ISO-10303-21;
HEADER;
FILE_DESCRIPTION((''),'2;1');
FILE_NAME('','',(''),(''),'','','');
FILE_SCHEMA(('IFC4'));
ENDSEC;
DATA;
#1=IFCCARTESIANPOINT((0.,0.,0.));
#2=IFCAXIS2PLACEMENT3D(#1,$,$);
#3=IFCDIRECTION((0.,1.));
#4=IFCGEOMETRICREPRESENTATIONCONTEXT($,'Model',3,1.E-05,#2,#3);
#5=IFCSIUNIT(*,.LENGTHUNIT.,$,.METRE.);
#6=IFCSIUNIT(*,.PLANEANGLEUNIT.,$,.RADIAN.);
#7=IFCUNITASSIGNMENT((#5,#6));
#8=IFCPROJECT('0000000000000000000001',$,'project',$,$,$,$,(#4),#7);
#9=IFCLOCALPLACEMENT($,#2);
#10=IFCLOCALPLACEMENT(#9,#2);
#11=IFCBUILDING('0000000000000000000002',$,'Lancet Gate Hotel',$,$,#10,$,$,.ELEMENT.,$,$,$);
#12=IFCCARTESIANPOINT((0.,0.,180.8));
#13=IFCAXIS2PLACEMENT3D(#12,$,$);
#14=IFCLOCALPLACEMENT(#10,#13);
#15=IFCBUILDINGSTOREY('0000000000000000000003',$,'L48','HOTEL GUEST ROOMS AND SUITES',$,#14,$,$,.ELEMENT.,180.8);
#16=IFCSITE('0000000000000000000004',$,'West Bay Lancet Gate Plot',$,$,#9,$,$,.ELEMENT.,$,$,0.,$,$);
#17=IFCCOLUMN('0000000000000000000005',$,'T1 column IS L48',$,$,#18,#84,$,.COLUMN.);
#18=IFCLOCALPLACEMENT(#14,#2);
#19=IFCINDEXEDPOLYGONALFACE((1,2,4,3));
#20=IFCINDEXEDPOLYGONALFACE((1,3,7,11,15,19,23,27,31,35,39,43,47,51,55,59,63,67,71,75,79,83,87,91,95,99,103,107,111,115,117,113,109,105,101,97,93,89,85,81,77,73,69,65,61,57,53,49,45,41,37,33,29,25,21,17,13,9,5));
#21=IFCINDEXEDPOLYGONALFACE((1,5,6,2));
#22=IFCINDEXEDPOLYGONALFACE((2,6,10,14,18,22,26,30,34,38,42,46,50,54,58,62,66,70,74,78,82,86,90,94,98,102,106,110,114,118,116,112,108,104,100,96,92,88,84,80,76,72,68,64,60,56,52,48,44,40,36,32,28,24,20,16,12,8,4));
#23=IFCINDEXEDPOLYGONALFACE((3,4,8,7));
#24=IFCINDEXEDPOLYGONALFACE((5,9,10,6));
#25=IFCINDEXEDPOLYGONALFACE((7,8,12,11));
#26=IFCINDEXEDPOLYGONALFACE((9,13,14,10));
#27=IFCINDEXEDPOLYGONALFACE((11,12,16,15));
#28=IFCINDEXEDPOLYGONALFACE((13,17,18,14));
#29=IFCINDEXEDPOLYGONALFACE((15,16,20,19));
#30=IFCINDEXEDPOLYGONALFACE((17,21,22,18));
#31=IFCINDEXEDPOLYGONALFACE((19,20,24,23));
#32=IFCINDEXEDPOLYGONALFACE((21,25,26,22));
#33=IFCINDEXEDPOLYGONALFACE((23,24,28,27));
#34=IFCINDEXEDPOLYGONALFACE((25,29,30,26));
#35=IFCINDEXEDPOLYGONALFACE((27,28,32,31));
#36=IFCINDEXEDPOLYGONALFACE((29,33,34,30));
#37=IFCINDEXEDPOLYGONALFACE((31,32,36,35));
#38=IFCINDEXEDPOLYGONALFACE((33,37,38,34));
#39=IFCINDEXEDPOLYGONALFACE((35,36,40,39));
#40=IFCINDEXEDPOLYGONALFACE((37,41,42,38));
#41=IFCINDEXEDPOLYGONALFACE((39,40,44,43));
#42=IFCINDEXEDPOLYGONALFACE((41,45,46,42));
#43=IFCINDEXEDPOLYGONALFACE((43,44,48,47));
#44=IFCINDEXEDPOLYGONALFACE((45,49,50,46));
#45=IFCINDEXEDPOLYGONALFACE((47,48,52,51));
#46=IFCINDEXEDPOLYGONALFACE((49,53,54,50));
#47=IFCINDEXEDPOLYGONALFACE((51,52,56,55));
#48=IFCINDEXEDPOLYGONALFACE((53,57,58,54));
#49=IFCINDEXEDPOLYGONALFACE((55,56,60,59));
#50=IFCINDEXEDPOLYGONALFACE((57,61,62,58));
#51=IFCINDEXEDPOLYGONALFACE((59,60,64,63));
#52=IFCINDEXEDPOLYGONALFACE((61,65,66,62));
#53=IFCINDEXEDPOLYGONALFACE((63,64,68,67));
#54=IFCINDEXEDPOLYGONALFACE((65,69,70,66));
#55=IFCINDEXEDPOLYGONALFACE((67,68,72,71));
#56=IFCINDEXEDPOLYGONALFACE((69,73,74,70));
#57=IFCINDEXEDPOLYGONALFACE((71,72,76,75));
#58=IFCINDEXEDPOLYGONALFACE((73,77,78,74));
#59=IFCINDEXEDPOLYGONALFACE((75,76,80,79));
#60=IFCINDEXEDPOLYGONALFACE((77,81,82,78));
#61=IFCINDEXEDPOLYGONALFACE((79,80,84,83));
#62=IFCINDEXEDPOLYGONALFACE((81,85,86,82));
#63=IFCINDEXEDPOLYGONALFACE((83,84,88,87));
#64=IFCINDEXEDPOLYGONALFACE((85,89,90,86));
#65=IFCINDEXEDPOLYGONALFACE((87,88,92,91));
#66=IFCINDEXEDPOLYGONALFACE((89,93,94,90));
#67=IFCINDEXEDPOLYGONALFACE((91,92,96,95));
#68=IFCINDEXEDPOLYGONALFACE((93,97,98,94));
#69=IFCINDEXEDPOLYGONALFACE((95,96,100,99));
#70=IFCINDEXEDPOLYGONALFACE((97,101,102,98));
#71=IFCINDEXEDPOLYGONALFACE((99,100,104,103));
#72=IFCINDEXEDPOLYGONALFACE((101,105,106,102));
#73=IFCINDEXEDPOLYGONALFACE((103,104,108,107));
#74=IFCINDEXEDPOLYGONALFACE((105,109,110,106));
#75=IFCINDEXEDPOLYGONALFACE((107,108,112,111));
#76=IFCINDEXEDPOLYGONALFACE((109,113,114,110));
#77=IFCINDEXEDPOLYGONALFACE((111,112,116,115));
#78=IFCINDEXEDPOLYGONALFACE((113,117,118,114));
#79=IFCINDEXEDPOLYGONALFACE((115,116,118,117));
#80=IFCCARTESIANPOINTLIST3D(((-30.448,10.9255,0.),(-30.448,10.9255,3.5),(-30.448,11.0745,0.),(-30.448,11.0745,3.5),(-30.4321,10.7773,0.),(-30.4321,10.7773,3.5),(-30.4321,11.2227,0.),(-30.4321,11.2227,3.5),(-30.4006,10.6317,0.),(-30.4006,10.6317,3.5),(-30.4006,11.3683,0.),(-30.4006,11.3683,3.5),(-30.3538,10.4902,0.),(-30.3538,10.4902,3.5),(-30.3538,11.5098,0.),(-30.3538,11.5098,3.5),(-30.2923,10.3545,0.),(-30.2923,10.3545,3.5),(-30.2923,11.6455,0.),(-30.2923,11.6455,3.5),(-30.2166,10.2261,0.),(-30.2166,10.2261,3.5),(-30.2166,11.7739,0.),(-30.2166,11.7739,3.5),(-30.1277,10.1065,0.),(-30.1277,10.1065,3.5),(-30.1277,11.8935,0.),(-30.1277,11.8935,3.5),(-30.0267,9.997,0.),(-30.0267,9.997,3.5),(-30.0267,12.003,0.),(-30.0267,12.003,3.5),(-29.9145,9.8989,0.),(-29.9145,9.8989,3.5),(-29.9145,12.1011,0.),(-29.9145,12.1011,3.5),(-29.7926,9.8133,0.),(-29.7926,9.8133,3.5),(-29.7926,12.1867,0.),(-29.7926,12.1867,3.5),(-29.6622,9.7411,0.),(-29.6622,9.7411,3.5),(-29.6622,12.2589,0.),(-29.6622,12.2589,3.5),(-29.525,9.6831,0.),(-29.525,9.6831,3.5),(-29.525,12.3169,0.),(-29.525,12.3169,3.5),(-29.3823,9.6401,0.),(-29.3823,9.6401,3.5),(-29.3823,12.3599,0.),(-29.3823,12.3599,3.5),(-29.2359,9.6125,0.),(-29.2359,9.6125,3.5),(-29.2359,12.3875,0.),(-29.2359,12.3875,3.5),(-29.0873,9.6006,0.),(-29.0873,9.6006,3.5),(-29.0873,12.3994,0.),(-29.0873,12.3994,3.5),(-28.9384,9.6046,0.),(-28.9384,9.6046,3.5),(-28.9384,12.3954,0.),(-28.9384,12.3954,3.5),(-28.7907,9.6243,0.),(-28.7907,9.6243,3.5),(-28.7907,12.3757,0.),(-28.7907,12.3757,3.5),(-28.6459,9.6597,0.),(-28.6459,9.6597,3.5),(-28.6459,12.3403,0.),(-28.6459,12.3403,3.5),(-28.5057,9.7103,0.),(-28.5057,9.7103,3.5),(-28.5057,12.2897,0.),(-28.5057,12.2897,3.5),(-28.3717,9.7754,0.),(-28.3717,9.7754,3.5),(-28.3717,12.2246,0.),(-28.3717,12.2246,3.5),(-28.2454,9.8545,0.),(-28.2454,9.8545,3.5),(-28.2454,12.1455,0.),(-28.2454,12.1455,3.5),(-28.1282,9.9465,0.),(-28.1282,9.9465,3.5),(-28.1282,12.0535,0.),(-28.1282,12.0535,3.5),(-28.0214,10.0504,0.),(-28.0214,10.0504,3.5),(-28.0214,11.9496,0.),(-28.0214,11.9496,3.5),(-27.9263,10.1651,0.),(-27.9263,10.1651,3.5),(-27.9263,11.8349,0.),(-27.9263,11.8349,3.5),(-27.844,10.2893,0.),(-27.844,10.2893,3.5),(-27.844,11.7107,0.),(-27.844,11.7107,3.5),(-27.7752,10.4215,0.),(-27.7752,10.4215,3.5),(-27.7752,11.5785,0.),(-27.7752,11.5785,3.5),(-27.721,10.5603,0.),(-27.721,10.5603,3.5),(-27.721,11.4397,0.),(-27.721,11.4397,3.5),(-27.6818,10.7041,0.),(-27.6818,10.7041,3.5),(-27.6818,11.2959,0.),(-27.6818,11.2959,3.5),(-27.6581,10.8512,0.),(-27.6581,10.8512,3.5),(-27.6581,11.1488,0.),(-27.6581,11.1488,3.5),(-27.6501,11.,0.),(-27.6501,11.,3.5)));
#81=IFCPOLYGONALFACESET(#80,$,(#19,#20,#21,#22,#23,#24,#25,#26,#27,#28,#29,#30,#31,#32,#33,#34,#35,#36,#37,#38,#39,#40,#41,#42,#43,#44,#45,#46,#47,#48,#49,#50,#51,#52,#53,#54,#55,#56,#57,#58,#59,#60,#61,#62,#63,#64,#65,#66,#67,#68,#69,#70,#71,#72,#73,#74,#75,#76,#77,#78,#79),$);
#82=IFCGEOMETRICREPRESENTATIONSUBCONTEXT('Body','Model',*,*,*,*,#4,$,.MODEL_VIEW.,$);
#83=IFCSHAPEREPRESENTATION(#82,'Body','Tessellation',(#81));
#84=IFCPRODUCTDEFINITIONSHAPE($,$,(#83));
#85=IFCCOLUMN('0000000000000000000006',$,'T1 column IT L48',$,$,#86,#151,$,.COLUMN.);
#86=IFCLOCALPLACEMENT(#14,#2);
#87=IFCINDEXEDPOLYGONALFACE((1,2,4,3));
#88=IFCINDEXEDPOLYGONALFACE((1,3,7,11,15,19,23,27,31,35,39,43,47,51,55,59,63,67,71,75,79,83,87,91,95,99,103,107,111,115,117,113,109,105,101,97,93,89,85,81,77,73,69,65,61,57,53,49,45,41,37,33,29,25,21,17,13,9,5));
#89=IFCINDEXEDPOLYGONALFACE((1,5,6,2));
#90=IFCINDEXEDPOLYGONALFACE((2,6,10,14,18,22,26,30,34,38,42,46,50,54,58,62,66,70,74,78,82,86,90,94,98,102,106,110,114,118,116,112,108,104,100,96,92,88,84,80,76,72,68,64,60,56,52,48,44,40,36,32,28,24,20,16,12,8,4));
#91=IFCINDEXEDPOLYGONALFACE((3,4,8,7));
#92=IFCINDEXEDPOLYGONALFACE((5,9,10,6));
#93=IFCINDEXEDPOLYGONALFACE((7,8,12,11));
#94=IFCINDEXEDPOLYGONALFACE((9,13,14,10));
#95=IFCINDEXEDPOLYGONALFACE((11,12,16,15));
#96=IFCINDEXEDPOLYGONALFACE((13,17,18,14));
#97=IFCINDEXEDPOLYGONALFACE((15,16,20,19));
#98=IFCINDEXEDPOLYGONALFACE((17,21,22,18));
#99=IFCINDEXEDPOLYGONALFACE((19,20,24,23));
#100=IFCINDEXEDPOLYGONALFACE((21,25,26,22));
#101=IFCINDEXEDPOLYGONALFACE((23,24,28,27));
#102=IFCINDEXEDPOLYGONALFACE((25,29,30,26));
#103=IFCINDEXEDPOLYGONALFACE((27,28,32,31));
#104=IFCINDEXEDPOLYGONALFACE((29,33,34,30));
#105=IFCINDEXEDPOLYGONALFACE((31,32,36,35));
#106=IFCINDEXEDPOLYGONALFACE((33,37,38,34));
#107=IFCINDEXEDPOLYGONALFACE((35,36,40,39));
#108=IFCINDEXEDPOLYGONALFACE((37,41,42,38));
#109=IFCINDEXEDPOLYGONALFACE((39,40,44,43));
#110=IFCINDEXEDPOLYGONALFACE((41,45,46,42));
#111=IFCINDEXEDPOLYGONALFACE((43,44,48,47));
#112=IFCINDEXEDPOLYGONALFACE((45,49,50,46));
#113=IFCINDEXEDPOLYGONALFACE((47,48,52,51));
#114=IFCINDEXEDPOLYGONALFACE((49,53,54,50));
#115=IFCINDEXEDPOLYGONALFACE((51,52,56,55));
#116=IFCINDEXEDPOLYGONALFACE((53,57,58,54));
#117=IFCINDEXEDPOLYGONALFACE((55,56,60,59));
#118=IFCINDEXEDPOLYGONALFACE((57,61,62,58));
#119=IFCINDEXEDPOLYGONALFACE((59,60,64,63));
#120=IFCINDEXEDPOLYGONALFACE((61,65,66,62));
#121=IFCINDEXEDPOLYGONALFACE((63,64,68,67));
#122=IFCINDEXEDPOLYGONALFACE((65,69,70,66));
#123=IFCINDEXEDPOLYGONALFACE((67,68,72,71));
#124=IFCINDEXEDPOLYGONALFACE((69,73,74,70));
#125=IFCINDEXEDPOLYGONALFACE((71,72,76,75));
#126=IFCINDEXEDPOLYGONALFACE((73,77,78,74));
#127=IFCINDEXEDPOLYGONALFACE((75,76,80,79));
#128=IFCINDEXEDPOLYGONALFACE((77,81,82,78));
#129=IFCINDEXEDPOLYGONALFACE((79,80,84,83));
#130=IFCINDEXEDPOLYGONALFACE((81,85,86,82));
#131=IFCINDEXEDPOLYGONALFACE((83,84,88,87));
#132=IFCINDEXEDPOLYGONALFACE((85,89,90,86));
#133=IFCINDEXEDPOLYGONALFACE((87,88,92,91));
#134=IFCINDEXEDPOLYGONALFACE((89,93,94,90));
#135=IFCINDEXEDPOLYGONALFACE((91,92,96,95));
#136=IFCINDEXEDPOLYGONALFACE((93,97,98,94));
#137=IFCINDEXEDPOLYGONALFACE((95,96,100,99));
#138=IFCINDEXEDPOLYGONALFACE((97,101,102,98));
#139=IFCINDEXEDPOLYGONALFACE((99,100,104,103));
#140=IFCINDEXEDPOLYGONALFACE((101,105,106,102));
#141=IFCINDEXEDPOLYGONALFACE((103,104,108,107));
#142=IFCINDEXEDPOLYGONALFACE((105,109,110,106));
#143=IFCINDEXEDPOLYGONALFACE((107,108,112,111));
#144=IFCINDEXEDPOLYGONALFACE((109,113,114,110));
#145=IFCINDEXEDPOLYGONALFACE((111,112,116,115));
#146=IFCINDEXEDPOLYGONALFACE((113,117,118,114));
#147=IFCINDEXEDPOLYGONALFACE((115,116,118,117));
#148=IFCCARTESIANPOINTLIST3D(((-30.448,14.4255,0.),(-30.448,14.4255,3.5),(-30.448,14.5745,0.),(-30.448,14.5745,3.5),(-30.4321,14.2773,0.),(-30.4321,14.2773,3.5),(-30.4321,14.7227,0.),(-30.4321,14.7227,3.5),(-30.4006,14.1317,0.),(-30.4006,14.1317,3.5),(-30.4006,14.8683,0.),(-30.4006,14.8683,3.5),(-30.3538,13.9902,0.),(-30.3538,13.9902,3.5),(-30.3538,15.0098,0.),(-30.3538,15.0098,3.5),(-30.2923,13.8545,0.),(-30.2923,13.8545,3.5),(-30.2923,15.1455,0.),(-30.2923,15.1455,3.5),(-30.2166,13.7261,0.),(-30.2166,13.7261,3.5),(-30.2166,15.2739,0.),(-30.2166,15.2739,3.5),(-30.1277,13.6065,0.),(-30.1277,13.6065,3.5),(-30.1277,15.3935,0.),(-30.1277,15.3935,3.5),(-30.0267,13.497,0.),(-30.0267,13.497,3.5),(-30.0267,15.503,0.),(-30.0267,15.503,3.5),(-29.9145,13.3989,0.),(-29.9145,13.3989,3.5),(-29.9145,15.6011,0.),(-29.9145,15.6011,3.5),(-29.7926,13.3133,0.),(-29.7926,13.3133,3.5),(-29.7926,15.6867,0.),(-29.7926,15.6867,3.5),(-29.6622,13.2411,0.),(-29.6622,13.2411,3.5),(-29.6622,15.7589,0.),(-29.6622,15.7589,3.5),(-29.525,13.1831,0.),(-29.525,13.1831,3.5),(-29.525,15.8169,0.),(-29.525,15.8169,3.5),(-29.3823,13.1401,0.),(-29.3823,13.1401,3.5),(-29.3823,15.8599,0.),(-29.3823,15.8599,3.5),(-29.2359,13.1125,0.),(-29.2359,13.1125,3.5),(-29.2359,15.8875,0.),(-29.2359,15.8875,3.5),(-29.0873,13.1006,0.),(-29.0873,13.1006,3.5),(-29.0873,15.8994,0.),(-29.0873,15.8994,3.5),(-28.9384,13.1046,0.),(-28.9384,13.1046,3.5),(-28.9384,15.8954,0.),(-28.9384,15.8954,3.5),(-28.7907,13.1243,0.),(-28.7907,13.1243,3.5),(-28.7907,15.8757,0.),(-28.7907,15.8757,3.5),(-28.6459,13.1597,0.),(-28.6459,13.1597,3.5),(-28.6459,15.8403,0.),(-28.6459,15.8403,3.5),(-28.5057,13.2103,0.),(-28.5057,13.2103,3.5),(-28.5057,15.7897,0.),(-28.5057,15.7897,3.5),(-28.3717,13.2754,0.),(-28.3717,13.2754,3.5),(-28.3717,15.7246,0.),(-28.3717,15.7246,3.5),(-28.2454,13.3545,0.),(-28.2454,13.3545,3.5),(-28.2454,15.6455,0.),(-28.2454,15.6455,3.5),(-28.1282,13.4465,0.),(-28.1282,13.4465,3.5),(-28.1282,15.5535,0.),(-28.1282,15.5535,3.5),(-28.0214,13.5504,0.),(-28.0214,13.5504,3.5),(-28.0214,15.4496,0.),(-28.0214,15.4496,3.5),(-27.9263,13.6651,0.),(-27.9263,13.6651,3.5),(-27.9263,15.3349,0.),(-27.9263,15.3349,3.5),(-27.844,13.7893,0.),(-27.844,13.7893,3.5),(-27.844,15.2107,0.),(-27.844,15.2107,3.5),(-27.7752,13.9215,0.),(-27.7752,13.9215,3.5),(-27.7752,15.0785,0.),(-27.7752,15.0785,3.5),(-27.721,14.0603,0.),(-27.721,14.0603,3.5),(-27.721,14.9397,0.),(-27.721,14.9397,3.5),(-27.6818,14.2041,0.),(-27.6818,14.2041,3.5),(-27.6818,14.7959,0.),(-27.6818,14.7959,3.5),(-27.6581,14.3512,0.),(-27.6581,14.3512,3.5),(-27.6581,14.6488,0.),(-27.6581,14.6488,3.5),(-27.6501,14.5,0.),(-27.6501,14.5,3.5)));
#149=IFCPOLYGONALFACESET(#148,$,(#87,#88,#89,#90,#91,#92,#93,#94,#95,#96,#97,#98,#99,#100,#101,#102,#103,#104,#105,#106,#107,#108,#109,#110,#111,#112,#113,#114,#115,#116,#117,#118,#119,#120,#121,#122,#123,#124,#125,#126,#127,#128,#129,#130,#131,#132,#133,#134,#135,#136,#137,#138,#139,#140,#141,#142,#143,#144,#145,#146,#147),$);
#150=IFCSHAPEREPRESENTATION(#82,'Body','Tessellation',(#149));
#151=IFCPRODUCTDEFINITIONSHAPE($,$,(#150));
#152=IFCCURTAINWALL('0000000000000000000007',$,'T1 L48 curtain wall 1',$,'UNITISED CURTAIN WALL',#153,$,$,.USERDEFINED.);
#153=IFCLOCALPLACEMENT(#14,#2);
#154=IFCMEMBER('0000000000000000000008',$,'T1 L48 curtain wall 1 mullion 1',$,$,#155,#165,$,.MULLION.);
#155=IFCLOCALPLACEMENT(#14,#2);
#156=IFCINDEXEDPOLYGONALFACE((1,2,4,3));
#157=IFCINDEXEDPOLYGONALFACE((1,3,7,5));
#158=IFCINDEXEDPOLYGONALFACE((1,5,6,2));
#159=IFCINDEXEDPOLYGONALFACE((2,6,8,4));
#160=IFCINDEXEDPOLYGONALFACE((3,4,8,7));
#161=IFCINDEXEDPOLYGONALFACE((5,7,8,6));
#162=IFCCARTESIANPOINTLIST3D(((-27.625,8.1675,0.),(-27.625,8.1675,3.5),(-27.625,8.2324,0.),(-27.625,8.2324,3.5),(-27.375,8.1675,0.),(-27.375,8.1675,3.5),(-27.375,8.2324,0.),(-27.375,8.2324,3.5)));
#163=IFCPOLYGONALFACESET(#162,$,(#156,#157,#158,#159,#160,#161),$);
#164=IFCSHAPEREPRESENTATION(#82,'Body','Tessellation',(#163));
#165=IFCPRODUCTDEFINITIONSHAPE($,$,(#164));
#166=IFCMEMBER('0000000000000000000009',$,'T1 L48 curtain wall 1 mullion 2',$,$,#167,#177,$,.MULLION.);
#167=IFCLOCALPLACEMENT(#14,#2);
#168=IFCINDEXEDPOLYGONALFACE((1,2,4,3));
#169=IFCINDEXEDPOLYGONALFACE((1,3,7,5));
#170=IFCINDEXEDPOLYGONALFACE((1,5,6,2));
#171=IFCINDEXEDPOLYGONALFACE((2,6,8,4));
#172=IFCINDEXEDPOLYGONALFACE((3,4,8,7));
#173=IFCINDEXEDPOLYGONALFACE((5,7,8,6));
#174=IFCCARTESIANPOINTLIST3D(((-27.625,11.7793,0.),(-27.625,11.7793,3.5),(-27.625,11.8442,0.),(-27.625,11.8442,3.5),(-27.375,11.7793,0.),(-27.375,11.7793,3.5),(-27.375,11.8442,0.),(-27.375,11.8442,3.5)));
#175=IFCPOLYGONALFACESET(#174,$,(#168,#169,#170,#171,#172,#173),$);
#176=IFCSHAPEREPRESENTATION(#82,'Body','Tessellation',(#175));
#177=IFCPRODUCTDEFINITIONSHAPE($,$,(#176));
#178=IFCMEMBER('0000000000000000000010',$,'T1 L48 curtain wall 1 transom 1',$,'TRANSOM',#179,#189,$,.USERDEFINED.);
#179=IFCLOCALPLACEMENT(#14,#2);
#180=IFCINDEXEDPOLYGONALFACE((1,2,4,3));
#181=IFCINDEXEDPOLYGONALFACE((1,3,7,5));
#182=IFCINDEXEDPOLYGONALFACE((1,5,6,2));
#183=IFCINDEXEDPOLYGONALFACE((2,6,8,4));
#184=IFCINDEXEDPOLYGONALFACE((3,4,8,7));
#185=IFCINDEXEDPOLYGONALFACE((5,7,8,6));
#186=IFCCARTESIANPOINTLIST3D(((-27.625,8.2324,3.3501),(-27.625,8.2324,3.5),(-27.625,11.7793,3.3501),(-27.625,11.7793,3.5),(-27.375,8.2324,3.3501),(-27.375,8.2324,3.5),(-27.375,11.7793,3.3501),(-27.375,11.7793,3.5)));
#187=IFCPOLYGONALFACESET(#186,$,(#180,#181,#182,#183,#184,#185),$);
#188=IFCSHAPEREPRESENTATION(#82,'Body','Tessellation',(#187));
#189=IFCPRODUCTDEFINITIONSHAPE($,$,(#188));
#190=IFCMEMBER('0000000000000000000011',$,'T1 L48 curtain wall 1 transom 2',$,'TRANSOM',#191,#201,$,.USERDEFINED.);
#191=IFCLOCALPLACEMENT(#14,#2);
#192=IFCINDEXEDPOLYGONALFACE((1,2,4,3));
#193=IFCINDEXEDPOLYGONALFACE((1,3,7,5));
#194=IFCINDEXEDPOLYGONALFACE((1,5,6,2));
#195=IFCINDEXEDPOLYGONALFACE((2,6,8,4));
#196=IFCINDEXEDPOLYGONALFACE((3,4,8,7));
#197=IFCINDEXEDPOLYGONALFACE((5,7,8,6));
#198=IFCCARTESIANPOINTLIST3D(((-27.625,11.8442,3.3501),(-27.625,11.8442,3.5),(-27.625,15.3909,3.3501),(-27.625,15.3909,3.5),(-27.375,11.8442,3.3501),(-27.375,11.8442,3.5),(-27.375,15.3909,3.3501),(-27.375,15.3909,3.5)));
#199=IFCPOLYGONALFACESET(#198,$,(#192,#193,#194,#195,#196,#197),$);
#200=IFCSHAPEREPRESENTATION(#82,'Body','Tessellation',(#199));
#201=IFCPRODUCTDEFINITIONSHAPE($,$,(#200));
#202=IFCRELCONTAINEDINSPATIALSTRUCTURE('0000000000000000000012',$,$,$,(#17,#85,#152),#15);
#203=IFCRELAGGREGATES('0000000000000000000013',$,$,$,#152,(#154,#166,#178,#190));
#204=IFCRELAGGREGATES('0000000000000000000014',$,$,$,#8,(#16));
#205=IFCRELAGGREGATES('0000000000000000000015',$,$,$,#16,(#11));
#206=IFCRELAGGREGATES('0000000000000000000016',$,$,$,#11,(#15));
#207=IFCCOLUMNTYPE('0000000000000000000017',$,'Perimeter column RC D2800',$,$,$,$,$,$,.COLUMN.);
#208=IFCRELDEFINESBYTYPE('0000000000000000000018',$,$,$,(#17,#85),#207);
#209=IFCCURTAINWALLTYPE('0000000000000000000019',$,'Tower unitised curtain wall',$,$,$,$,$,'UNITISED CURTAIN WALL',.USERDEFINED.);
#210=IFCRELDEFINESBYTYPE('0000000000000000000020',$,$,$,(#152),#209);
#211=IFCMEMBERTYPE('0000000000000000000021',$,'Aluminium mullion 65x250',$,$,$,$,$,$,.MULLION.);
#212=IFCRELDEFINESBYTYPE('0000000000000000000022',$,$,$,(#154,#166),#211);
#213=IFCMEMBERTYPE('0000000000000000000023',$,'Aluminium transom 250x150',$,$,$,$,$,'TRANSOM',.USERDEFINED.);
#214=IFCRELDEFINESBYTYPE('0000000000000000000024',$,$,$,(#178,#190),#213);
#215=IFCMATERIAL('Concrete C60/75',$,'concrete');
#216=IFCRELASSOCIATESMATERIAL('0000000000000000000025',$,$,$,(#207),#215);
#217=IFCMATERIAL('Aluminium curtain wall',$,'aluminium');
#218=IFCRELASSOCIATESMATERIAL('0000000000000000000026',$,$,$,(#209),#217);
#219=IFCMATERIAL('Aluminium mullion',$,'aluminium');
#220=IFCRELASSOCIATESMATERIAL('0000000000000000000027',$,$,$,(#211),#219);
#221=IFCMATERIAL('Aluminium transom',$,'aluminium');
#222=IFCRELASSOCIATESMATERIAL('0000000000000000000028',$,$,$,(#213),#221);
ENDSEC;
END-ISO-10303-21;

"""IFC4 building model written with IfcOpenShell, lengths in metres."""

from ifc_helpers import new_model, si_unit, direction, frame, origin, origin_2d, place, context, subcontext, project, spatial, rectangle, circle, extrude, material, material_profile, profile_set, type_object, element, aggregate, save


model = new_model("IFC4")

# Units and contexts
model_context = context("Model", 3, precision=1e-05, world=origin(), true_north=direction((0.0, 1.0)))
body_context = subcontext(model_context, "Body", "Model", "MODEL_VIEW")
ifc_project = project(units=[si_unit("LENGTHUNIT", "METRE"), si_unit("PLANEANGLEUNIT", "RADIAN")], contexts=[model_context])

# Site, building, storey
site_placement = place(None, origin())
site = spatial("IfcSite", under=ifc_project, at=site_placement, Name="West Bay Lancet Gate Plot", CompositionType="ELEMENT", RefElevation=0.0)
building_placement = place(site_placement, origin())
building = spatial("IfcBuilding", under=site, at=building_placement, Name="Lancet Gate Hotel", CompositionType="ELEMENT")
storey_placement = place(building_placement, frame((0.0, 0.0, 180.8)))
storey = spatial("IfcBuildingStorey", under=building, at=storey_placement, Name="L48", Description="HOTEL GUEST ROOMS AND SUITES", CompositionType="ELEMENT", Elevation=180.8)

# Columns
ifc_material_1 = material(Name="Concrete C60/75", Category="concrete")
ifc_material_profile_1 = material_profile(ifc_material_1, circle(Radius=1.3999, at=origin_2d()), Name="RC D2800")
ifc_profile_set_1 = profile_set([ifc_material_profile_1], Name="Concrete C60/75")
column_type = type_object("IfcColumnType", Name="Perimeter column RC D2800", PredefinedType="COLUMN", material=ifc_profile_set_1)
for number, where, z_axis, x_axis, name in (
    (1, (-29.05, 11.0, 0.0), (0.0, 0.0, 1.0), (1.0, 0.0, 0.0), "T1 column IS L48"),
    (2, (-29.05, 14.5, 0.0), (0.0, 0.0, 1.0), (1.0, 0.0, 0.0), "T1 column IT L48"),
):
    element("IfcColumn", number, at=place(storey_placement, frame(where, z_axis=z_axis, x_axis=x_axis)), inside=storey, type_object=column_type, Name=name, PredefinedType="COLUMN", context=body_context, shape_type="SweptSolid", body=[
        extrude(circle(Radius=1.3999, at=origin_2d()), origin(), (0.0, 0.0, 1.0), 3.5),
    ])

# Curtain wall, members
ifc_material_2 = material(Name="Aluminium curtain wall", Category="aluminium")
curtain_wall_type = type_object("IfcCurtainWallType", Name="Tower unitised curtain wall", ElementType="UNITISED CURTAIN WALL", PredefinedType="USERDEFINED", material=ifc_material_2)
curtain_wall_placement = place(storey_placement, origin())
curtain_wall = element("IfcCurtainWall", 3, at=curtain_wall_placement, inside=storey, type_object=curtain_wall_type, Name="T1 L48 curtain wall 1", ObjectType="UNITISED CURTAIN WALL", PredefinedType="USERDEFINED")
ifc_material_3 = material(Name="Aluminium mullion", Category="aluminium")
ifc_material_profile_2 = material_profile(ifc_material_3, rectangle(XDim=0.0649, YDim=0.25, at=origin_2d()), Name="MULLION 65x250")
ifc_profile_set_2 = profile_set([ifc_material_profile_2], Name="Aluminium mullion")
member_type_1 = type_object("IfcMemberType", Name="Aluminium mullion 65x250", PredefinedType="MULLION", material=ifc_profile_set_2)
member_1_placement = place(storey_placement, frame((-27.5, 8.2, 0.0), z_axis=(0.0, 0.0, 1.0), x_axis=(0.0, 1.0, 0.0)))
member_1 = element("IfcMember", 4, at=member_1_placement, type_object=member_type_1, Name="T1 L48 curtain wall 1 mullion 1", PredefinedType="MULLION", context=body_context, shape_type="SweptSolid", body=[
    extrude(rectangle(XDim=0.0649, YDim=0.25, at=origin_2d()), origin(), (0.0, 0.0, 1.0), 3.5),
])
member_2_placement = place(storey_placement, frame((-27.5, 11.8118, 0.0), z_axis=(0.0, 0.0, 1.0), x_axis=(0.0, 1.0, 0.0)))
member_2 = element("IfcMember", 5, at=member_2_placement, type_object=member_type_1, Name="T1 L48 curtain wall 1 mullion 2", PredefinedType="MULLION", context=body_context, shape_type="SweptSolid", body=[
    extrude(rectangle(XDim=0.0649, YDim=0.25, at=origin_2d()), origin(), (0.0, 0.0, 1.0), 3.5),
])
ifc_material_4 = material(Name="Aluminium transom", Category="aluminium")
ifc_material_profile_3 = material_profile(ifc_material_4, rectangle(XDim=0.25, YDim=0.1499, at=origin_2d()), Name="TRANSOM 250x150")
ifc_profile_set_3 = profile_set([ifc_material_profile_3], Name="Aluminium transom")
member_type_2 = type_object("IfcMemberType", Name="Aluminium transom 250x150", ElementType="TRANSOM", PredefinedType="USERDEFINED", material=ifc_profile_set_3)
member_3_placement = place(storey_placement, frame((-27.5, 8.2324, 3.425), z_axis=(0.0, 1.0, 0.0), x_axis=(-1.0, 0.0, 0.0)))
member_3 = element("IfcMember", 6, at=member_3_placement, type_object=member_type_2, Name="T1 L48 curtain wall 1 transom 1", ObjectType="TRANSOM", PredefinedType="USERDEFINED", context=body_context, shape_type="SweptSolid", body=[
    extrude(rectangle(XDim=0.25, YDim=0.1499, at=origin_2d()), origin(), (0.0, 0.0, 1.0), 3.5469),
])
member_4_placement = place(storey_placement, frame((-27.5, 11.8442, 3.425), z_axis=(0.0, 1.0, 0.0), x_axis=(-1.0, 0.0, 0.0)))
member_4 = element("IfcMember", 7, at=member_4_placement, type_object=member_type_2, Name="T1 L48 curtain wall 1 transom 2", ObjectType="TRANSOM", PredefinedType="USERDEFINED", context=body_context, shape_type="SweptSolid", body=[
    extrude(rectangle(XDim=0.25, YDim=0.1499, at=origin_2d()), origin(), (0.0, 0.0, 1.0), 3.5466),
])

aggregate(curtain_wall, [member_1, member_2, member_3, member_4])

save(model, "model.ifc")
